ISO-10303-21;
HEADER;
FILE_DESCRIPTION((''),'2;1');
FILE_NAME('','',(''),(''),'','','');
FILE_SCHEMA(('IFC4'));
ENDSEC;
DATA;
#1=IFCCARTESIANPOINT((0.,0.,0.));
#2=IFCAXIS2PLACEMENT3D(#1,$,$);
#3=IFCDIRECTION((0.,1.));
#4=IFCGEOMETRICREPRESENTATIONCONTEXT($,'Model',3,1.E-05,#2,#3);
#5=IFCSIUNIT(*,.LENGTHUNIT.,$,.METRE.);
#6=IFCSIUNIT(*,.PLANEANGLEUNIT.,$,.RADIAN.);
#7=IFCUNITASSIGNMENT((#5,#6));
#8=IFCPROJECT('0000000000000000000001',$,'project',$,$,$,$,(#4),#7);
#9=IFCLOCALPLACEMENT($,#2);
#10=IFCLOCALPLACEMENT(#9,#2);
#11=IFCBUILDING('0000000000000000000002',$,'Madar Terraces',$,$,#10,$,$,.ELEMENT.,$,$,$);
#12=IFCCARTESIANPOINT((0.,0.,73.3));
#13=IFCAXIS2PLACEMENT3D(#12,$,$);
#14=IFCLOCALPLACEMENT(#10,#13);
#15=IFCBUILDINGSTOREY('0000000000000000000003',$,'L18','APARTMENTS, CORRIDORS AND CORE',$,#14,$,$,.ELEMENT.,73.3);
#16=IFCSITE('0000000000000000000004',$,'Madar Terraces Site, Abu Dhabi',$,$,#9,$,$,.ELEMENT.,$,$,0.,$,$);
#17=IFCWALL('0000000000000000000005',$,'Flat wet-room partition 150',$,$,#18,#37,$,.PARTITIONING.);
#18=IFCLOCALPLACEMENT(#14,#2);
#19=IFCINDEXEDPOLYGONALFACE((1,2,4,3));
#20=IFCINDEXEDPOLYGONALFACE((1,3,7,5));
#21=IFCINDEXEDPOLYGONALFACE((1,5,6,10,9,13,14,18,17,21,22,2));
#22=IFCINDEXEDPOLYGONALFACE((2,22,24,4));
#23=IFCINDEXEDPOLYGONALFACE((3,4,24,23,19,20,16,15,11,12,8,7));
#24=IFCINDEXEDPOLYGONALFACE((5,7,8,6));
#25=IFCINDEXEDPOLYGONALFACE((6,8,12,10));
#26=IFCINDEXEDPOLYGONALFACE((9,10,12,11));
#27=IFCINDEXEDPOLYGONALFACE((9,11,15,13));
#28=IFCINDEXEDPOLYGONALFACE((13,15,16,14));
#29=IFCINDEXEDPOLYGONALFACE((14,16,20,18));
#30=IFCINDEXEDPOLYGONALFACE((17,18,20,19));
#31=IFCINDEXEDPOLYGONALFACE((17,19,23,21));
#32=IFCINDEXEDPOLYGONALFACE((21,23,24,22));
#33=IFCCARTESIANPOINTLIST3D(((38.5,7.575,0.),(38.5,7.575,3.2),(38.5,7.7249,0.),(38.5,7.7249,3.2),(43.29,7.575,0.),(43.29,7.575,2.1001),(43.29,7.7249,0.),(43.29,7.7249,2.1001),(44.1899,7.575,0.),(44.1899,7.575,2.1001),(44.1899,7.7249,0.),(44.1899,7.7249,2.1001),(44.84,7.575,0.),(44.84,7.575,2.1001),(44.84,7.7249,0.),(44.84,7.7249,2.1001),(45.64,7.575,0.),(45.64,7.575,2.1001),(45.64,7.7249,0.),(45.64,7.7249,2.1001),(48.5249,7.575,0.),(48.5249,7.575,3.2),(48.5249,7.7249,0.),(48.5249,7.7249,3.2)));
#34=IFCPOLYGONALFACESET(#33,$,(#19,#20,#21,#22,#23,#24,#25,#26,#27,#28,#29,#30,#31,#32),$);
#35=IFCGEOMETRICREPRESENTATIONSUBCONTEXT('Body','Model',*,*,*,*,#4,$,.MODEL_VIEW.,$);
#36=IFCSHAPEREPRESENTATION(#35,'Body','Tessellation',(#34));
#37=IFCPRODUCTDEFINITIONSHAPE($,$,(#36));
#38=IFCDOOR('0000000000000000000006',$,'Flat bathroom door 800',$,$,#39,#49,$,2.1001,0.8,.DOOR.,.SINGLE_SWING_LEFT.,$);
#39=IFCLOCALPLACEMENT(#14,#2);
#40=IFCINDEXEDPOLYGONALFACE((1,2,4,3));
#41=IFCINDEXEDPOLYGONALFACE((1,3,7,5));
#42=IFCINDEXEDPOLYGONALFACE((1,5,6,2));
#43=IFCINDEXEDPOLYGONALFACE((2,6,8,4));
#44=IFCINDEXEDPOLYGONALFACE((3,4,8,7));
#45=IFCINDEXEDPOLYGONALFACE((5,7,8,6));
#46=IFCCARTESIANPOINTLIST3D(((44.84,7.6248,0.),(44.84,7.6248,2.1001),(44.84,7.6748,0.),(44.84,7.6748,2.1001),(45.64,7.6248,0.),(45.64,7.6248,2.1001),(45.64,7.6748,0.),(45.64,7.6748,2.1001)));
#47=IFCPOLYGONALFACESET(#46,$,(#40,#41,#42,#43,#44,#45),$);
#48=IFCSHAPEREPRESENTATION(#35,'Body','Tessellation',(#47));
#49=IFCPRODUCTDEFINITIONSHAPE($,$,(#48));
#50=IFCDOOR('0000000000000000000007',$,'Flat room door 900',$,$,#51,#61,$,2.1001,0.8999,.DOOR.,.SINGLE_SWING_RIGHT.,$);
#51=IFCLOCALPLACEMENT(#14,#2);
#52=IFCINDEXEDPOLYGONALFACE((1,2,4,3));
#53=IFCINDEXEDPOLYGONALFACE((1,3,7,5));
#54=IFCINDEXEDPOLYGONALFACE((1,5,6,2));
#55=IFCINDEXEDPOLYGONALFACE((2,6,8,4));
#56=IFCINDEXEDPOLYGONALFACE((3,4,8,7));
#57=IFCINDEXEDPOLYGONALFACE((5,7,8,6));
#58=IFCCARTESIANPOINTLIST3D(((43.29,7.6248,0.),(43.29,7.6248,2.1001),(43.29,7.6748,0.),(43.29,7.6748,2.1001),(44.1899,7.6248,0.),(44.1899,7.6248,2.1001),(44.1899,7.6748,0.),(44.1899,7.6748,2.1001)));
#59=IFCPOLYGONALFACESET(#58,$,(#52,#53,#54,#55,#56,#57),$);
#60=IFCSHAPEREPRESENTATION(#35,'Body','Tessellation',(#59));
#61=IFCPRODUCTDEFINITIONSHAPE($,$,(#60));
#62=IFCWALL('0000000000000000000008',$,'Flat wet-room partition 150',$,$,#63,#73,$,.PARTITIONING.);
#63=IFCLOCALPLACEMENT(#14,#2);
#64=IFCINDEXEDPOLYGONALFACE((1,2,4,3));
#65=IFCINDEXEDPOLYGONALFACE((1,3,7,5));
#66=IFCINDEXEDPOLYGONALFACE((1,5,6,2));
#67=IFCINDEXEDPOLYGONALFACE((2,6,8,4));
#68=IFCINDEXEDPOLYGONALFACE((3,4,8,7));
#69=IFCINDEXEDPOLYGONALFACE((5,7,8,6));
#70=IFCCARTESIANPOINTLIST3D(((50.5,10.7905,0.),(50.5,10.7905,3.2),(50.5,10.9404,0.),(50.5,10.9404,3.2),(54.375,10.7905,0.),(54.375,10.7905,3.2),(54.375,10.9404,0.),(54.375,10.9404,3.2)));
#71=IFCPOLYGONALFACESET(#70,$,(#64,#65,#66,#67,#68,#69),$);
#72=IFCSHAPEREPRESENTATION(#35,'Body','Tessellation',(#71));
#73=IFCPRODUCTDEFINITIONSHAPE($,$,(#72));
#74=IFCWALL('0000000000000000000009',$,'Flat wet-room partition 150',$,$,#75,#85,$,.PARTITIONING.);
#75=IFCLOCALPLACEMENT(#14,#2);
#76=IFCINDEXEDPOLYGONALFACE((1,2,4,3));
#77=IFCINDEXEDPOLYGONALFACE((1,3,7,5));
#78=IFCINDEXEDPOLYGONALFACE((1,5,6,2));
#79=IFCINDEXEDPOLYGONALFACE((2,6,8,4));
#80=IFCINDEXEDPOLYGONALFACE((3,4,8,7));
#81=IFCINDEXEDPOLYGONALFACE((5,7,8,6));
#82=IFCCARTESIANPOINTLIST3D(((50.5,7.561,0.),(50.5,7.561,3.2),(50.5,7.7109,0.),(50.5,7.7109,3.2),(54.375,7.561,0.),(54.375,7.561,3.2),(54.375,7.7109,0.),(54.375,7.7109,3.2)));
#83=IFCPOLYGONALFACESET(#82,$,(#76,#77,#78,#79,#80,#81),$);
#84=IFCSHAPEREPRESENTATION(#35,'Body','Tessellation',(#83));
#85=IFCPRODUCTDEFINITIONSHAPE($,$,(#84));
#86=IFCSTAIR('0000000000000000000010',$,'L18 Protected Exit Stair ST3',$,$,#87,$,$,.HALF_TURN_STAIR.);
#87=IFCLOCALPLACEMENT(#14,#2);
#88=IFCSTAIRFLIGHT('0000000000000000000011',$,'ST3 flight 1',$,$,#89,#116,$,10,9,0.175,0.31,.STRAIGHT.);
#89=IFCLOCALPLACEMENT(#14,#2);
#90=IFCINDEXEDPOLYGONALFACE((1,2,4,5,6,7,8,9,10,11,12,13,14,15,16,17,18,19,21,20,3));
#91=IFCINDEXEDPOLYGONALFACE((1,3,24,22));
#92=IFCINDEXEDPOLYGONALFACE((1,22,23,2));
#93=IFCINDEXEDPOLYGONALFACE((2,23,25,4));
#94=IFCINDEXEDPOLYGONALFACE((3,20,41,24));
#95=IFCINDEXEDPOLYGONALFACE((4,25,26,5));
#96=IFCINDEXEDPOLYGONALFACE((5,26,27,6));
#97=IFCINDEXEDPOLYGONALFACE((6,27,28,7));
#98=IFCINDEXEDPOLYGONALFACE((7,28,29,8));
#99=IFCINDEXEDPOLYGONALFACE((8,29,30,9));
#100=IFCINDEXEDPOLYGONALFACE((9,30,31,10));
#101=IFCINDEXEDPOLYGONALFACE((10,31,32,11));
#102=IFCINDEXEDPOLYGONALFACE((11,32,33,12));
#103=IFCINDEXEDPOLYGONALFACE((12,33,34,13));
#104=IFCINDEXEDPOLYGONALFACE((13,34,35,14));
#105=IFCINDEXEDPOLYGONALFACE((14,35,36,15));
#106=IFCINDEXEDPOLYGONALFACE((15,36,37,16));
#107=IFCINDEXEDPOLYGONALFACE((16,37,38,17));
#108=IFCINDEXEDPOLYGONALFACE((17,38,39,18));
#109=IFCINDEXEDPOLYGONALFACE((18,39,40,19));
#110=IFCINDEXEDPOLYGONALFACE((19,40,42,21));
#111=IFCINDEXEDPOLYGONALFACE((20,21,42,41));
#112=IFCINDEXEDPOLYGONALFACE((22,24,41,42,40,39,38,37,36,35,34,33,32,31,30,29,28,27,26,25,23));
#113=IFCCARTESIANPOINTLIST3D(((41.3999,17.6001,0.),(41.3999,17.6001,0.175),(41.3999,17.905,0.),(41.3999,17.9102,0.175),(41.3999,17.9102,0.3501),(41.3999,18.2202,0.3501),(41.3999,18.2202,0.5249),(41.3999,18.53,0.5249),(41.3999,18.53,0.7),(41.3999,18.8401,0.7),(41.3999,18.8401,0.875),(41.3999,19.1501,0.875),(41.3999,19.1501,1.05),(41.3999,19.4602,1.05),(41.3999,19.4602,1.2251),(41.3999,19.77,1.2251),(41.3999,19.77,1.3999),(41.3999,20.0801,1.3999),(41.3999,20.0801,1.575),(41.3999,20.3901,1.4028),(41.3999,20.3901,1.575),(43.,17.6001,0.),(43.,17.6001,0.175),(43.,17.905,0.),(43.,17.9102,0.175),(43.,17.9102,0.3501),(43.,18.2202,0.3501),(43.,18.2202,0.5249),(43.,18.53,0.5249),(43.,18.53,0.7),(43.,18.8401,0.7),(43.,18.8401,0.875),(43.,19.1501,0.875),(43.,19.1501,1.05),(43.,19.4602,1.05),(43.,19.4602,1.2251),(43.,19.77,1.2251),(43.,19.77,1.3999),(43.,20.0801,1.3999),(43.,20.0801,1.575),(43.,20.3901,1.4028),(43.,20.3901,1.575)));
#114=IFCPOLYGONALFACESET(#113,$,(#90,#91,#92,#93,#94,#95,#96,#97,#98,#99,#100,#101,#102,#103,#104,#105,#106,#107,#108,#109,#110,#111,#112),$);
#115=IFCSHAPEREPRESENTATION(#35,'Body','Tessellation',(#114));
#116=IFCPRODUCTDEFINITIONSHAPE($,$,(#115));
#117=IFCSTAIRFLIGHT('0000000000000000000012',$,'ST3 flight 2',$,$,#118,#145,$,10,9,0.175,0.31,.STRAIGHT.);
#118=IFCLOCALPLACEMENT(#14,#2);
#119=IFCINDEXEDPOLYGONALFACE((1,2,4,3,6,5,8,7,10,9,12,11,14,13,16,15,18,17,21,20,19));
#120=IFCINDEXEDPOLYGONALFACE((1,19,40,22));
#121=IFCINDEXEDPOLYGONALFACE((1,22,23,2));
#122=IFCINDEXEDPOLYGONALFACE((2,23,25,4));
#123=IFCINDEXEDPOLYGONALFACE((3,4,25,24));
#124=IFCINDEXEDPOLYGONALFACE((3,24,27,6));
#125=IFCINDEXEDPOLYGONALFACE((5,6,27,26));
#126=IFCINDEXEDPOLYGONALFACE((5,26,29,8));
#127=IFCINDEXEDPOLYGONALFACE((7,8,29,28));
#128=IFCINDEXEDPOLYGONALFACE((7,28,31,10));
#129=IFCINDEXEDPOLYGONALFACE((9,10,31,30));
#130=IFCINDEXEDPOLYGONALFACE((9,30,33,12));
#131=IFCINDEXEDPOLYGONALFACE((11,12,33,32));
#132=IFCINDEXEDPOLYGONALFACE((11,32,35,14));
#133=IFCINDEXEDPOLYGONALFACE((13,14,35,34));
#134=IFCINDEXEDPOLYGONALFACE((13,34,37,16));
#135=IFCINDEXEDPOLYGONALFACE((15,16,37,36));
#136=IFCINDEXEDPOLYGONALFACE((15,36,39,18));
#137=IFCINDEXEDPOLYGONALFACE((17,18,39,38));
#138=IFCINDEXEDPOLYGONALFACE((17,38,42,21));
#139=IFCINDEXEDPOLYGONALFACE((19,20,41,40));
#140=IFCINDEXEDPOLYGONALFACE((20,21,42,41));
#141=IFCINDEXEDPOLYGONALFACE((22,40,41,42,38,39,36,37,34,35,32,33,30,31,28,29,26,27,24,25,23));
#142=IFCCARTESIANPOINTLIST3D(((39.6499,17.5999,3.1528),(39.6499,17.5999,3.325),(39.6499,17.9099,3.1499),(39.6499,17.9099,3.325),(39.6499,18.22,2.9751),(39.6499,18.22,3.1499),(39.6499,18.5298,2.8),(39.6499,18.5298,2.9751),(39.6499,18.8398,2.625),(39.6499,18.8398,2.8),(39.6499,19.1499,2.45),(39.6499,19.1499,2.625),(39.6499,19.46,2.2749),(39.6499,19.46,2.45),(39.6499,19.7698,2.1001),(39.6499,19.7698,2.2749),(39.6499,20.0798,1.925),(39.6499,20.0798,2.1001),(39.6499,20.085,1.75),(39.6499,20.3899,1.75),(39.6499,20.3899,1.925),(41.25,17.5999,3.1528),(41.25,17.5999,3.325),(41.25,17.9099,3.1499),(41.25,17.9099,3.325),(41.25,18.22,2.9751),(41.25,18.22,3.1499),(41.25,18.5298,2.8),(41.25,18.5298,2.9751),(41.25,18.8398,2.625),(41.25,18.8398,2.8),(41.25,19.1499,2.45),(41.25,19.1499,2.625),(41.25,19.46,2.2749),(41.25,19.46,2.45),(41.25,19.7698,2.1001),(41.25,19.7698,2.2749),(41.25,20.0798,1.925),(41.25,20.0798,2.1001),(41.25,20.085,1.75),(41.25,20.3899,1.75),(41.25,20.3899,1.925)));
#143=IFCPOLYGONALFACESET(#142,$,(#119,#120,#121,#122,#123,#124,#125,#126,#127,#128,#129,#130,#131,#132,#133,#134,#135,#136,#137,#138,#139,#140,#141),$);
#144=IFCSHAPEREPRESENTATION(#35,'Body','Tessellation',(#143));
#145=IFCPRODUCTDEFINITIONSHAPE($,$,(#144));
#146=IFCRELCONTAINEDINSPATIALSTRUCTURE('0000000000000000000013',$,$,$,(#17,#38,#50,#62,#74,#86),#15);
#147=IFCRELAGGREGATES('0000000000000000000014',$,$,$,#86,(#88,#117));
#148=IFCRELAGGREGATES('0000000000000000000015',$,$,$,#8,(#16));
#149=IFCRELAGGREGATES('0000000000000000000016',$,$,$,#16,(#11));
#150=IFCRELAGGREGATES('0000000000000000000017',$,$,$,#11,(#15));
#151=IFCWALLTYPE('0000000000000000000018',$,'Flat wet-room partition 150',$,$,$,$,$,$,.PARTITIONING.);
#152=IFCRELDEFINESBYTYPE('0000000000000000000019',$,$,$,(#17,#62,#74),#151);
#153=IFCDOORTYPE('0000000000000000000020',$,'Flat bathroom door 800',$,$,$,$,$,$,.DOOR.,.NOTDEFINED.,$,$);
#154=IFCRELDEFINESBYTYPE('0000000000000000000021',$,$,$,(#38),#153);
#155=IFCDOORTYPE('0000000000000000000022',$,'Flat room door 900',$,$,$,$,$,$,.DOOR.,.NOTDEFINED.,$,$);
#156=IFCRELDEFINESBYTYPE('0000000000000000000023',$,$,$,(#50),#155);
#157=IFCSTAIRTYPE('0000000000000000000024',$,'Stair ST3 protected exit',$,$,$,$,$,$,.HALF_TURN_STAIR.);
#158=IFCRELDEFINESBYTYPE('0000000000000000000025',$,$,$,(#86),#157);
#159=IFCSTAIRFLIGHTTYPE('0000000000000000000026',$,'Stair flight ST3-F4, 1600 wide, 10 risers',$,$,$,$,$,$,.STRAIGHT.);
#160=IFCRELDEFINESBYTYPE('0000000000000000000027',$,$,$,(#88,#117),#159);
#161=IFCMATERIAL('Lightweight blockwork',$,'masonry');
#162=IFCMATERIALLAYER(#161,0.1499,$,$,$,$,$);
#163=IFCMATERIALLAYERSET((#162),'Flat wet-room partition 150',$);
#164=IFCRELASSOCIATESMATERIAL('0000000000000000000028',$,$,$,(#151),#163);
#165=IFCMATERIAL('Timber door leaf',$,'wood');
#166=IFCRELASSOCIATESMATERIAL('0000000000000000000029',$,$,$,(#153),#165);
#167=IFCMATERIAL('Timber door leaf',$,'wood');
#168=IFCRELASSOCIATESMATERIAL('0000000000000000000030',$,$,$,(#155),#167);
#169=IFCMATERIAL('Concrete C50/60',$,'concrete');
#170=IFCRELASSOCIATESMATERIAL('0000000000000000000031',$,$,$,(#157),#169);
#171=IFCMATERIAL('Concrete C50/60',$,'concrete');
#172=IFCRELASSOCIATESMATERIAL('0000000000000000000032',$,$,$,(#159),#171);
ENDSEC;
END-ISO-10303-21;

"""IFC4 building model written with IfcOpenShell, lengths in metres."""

from ifc_helpers import new_model, si_unit, direction, frame, frame_2d, origin, place, context, subcontext, project, spatial, polyline, rectangle, outline, extrude, material, layer, layer_set, type_object, element, fill, aggregate, save


model = new_model("IFC4")

# Units and contexts
model_context = context("Model", 3, precision=1e-05, world=origin(), true_north=direction((0.0, 1.0)))
body_context = subcontext(model_context, "Body", "Model", "MODEL_VIEW")
ifc_project = project(units=[si_unit("LENGTHUNIT", "METRE"), si_unit("PLANEANGLEUNIT", "RADIAN")], contexts=[model_context])

# Site, building, storey
site_placement = place(None, origin())
site = spatial("IfcSite", under=ifc_project, at=site_placement, Name="Madar Terraces Site, Abu Dhabi", CompositionType="ELEMENT", RefElevation=0.0)
building_placement = place(site_placement, origin())
building = spatial("IfcBuilding", under=site, at=building_placement, Name="Madar Terraces", CompositionType="ELEMENT")
storey_placement = place(building_placement, frame((0.0, 0.0, 73.3)))
storey = spatial("IfcBuildingStorey", under=building, at=storey_placement, Name="L18", Description="APARTMENTS, CORRIDORS AND CORE", CompositionType="ELEMENT", Elevation=73.3)

# Shared definitions
ifc_material_1 = material(Name="Lightweight blockwork", Category="masonry")
ifc_layer_1 = layer(ifc_material_1, 0.1499)
ifc_layer_set_1 = layer_set([ifc_layer_1], Name="Flat wet-room partition 150")
wall_type_1 = type_object("IfcWallType", Name="Flat wet-room partition 150", PredefinedType="PARTITIONING", material=ifc_layer_set_1)

# Wall, openings, doors
wall_1_placement = place(storey_placement, frame((38.5, 7.6499, 0.0), z_axis=(0.0, 0.0, 1.0), x_axis=(1.0, 0.0, 0.0)))
wall_1 = element("IfcWall", 1, at=wall_1_placement, inside=storey, type_object=wall_type_1, Name="Flat wet-room partition 150", PredefinedType="PARTITIONING", context=body_context, shape_type="SweptSolid", body=[
    extrude(rectangle(XDim=10.0249, YDim=0.1499, at=frame_2d((5.0125, 0.0))), origin(), (0.0, 0.0, 1.0), 3.2),
])
opening_1_placement = place(wall_1_placement, frame((6.3401, 0.0, 0.0)))
opening_1 = element("IfcOpeningElement", 2, at=opening_1_placement, cuts=wall_1, PredefinedType="OPENING", context=body_context, shape_type="SweptSolid", body=[
    extrude(rectangle(XDim=0.8, YDim=2.1001, at=frame_2d((0.3999, 1.05))), frame((0.0, 0.085, 0.0), z_axis=(0.0, -1.0, 0.0), x_axis=(1.0, 0.0, 0.0)), (0.0, 0.0, 1.0), 0.1699),
])
opening_2_placement = place(wall_1_placement, frame((4.79, 0.0, 0.0)))
opening_2 = element("IfcOpeningElement", 3, at=opening_2_placement, cuts=wall_1, PredefinedType="OPENING", context=body_context, shape_type="SweptSolid", body=[
    extrude(rectangle(XDim=0.8999, YDim=2.1001, at=frame_2d((0.45, 1.05))), frame((0.0, 0.085, 0.0), z_axis=(0.0, -1.0, 0.0), x_axis=(1.0, 0.0, 0.0)), (0.0, 0.0, 1.0), 0.1699),
])
ifc_material_2 = material(Name="Timber door leaf", Category="wood")
door_type_1 = type_object("IfcDoorType", Name="Flat bathroom door 800", OperationType="NOTDEFINED", PredefinedType="DOOR", material=ifc_material_2)
door_1_placement = place(opening_1_placement, origin())
door_1 = element("IfcDoor", 4, at=door_1_placement, inside=storey, type_object=door_type_1, Name="Flat bathroom door 800", OperationType="SINGLE_SWING_LEFT", OverallHeight=2.1001, OverallWidth=0.8, PredefinedType="DOOR", context=body_context, shape_type="SweptSolid", body=[
    extrude(rectangle(XDim=0.8, YDim=2.1001, at=frame_2d((0.3999, 1.05))), frame((0.0, 0.0249, 0.0), z_axis=(0.0, -1.0, 0.0), x_axis=(1.0, 0.0, 0.0)), (0.0, 0.0, 1.0), 0.05),
])
fill(opening_1, door_1)
ifc_material_3 = material(Name="Timber door leaf", Category="wood")
door_type_2 = type_object("IfcDoorType", Name="Flat room door 900", OperationType="NOTDEFINED", PredefinedType="DOOR", material=ifc_material_3)
door_2_placement = place(opening_2_placement, origin())
door_2 = element("IfcDoor", 5, at=door_2_placement, inside=storey, type_object=door_type_2, Name="Flat room door 900", OperationType="SINGLE_SWING_RIGHT", OverallHeight=2.1001, OverallWidth=0.8999, PredefinedType="DOOR", context=body_context, shape_type="SweptSolid", body=[
    extrude(rectangle(XDim=0.8999, YDim=2.1001, at=frame_2d((0.45, 1.05))), frame((0.0, 0.0249, 0.0), z_axis=(0.0, -1.0, 0.0), x_axis=(1.0, 0.0, 0.0)), (0.0, 0.0, 1.0), 0.05),
])
fill(opening_2, door_2)

# Walls
for number, where, z_axis, x_axis, name in (
    (6, (50.5, 10.8655, 0.0), (0.0, 0.0, 1.0), (1.0, 0.0, 0.0), "Flat wet-room partition 150"),
    (7, (50.5, 7.636, 0.0), (0.0, 0.0, 1.0), (1.0, 0.0, 0.0), "Flat wet-room partition 150"),
):
    element("IfcWall", number, at=place(storey_placement, frame(where, z_axis=z_axis, x_axis=x_axis)), inside=storey, type_object=wall_type_1, Name=name, PredefinedType="PARTITIONING", context=body_context, shape_type="SweptSolid", body=[
        extrude(rectangle(XDim=3.875, YDim=0.1499, at=frame_2d((1.9375, 0.0))), origin(), (0.0, 0.0, 1.0), 3.2),
    ])

# Stair, stair flights
ifc_material_4 = material(Name="Concrete C50/60", Category="concrete")
stair_type = type_object("IfcStairType", Name="Stair ST3 protected exit", PredefinedType="HALF_TURN_STAIR", material=ifc_material_4)
stair_placement = place(storey_placement, origin())
stair = element("IfcStair", 8, at=stair_placement, inside=storey, type_object=stair_type, Name="L18 Protected Exit Stair ST3", PredefinedType="HALF_TURN_STAIR")
ifc_material_5 = material(Name="Concrete C50/60", Category="concrete")
stair_flight_type = type_object("IfcStairFlightType", Name="Stair flight ST3-F4, 1600 wide, 10 risers", PredefinedType="STRAIGHT", material=ifc_material_5)
stair_flight_1_placement = place(storey_placement, frame((42.2, 17.6001, 0.0), z_axis=(0.0, 0.0, 1.0), x_axis=(0.0, 1.0, 0.0)))
stair_flight_1 = element("IfcStairFlight", 9, at=stair_flight_1_placement, type_object=stair_flight_type, Name="ST3 flight 1", NumberOfRisers=10, NumberOfTreads=9, PredefinedType="STRAIGHT", RiserHeight=0.175, TreadLength=0.31, context=body_context, shape_type="SweptSolid", body=[
    extrude(outline(polyline([(0.0, 0.0), (0.0, 0.175), (0.3101, 0.175), (0.3101, 0.3501), (0.6201, 0.3501), (0.6201, 0.5249), (0.9299, 0.5249), (0.9299, 0.7), (1.24, 0.7), (1.24, 0.875), (1.55, 0.875), (1.55, 1.05), (1.8601, 1.05), (1.8601, 1.2251), (2.1699, 1.2251), (2.1699, 1.3999), (2.48, 1.3999), (2.48, 1.575), (2.79, 1.575), (2.79, 1.75), (2.79, 1.4028), (0.3049, 0.0), (0.0, 0.0)])), frame((0.0, 0.8, 0.0), z_axis=(0.0, -1.0, 0.0), x_axis=(1.0, 0.0, 0.0)), (0.0, 0.0, 1.0), 1.6001),
])
stair_flight_2_placement = place(storey_placement, frame((40.45, 20.3899, 1.75), z_axis=(0.0, 0.0, 1.0), x_axis=(0.0, -1.0, 0.0)))
stair_flight_2 = element("IfcStairFlight", 10, at=stair_flight_2_placement, type_object=stair_flight_type, Name="ST3 flight 2", NumberOfRisers=10, NumberOfTreads=9, PredefinedType="STRAIGHT", RiserHeight=0.175, TreadLength=0.31, context=body_context, shape_type="SweptSolid", body=[
    extrude(outline(polyline([(0.0, 0.0), (0.0, 0.175), (0.3101, 0.175), (0.3101, 0.3501), (0.6201, 0.3501), (0.6201, 0.5249), (0.9299, 0.5249), (0.9299, 0.7), (1.24, 0.7), (1.24, 0.875), (1.55, 0.875), (1.55, 1.05), (1.8601, 1.05), (1.8601, 1.2251), (2.1699, 1.2251), (2.1699, 1.3999), (2.48, 1.3999), (2.48, 1.575), (2.79, 1.575), (2.79, 1.75), (2.79, 1.4028), (0.3049, 0.0), (0.0, 0.0)])), frame((0.0, 0.8, 0.0), z_axis=(0.0, -1.0, 0.0), x_axis=(1.0, 0.0, 0.0)), (0.0, 0.0, 1.0), 1.6001),
])
aggregate(stair, [stair_flight_1, stair_flight_2])

save(model, "model.ifc")
